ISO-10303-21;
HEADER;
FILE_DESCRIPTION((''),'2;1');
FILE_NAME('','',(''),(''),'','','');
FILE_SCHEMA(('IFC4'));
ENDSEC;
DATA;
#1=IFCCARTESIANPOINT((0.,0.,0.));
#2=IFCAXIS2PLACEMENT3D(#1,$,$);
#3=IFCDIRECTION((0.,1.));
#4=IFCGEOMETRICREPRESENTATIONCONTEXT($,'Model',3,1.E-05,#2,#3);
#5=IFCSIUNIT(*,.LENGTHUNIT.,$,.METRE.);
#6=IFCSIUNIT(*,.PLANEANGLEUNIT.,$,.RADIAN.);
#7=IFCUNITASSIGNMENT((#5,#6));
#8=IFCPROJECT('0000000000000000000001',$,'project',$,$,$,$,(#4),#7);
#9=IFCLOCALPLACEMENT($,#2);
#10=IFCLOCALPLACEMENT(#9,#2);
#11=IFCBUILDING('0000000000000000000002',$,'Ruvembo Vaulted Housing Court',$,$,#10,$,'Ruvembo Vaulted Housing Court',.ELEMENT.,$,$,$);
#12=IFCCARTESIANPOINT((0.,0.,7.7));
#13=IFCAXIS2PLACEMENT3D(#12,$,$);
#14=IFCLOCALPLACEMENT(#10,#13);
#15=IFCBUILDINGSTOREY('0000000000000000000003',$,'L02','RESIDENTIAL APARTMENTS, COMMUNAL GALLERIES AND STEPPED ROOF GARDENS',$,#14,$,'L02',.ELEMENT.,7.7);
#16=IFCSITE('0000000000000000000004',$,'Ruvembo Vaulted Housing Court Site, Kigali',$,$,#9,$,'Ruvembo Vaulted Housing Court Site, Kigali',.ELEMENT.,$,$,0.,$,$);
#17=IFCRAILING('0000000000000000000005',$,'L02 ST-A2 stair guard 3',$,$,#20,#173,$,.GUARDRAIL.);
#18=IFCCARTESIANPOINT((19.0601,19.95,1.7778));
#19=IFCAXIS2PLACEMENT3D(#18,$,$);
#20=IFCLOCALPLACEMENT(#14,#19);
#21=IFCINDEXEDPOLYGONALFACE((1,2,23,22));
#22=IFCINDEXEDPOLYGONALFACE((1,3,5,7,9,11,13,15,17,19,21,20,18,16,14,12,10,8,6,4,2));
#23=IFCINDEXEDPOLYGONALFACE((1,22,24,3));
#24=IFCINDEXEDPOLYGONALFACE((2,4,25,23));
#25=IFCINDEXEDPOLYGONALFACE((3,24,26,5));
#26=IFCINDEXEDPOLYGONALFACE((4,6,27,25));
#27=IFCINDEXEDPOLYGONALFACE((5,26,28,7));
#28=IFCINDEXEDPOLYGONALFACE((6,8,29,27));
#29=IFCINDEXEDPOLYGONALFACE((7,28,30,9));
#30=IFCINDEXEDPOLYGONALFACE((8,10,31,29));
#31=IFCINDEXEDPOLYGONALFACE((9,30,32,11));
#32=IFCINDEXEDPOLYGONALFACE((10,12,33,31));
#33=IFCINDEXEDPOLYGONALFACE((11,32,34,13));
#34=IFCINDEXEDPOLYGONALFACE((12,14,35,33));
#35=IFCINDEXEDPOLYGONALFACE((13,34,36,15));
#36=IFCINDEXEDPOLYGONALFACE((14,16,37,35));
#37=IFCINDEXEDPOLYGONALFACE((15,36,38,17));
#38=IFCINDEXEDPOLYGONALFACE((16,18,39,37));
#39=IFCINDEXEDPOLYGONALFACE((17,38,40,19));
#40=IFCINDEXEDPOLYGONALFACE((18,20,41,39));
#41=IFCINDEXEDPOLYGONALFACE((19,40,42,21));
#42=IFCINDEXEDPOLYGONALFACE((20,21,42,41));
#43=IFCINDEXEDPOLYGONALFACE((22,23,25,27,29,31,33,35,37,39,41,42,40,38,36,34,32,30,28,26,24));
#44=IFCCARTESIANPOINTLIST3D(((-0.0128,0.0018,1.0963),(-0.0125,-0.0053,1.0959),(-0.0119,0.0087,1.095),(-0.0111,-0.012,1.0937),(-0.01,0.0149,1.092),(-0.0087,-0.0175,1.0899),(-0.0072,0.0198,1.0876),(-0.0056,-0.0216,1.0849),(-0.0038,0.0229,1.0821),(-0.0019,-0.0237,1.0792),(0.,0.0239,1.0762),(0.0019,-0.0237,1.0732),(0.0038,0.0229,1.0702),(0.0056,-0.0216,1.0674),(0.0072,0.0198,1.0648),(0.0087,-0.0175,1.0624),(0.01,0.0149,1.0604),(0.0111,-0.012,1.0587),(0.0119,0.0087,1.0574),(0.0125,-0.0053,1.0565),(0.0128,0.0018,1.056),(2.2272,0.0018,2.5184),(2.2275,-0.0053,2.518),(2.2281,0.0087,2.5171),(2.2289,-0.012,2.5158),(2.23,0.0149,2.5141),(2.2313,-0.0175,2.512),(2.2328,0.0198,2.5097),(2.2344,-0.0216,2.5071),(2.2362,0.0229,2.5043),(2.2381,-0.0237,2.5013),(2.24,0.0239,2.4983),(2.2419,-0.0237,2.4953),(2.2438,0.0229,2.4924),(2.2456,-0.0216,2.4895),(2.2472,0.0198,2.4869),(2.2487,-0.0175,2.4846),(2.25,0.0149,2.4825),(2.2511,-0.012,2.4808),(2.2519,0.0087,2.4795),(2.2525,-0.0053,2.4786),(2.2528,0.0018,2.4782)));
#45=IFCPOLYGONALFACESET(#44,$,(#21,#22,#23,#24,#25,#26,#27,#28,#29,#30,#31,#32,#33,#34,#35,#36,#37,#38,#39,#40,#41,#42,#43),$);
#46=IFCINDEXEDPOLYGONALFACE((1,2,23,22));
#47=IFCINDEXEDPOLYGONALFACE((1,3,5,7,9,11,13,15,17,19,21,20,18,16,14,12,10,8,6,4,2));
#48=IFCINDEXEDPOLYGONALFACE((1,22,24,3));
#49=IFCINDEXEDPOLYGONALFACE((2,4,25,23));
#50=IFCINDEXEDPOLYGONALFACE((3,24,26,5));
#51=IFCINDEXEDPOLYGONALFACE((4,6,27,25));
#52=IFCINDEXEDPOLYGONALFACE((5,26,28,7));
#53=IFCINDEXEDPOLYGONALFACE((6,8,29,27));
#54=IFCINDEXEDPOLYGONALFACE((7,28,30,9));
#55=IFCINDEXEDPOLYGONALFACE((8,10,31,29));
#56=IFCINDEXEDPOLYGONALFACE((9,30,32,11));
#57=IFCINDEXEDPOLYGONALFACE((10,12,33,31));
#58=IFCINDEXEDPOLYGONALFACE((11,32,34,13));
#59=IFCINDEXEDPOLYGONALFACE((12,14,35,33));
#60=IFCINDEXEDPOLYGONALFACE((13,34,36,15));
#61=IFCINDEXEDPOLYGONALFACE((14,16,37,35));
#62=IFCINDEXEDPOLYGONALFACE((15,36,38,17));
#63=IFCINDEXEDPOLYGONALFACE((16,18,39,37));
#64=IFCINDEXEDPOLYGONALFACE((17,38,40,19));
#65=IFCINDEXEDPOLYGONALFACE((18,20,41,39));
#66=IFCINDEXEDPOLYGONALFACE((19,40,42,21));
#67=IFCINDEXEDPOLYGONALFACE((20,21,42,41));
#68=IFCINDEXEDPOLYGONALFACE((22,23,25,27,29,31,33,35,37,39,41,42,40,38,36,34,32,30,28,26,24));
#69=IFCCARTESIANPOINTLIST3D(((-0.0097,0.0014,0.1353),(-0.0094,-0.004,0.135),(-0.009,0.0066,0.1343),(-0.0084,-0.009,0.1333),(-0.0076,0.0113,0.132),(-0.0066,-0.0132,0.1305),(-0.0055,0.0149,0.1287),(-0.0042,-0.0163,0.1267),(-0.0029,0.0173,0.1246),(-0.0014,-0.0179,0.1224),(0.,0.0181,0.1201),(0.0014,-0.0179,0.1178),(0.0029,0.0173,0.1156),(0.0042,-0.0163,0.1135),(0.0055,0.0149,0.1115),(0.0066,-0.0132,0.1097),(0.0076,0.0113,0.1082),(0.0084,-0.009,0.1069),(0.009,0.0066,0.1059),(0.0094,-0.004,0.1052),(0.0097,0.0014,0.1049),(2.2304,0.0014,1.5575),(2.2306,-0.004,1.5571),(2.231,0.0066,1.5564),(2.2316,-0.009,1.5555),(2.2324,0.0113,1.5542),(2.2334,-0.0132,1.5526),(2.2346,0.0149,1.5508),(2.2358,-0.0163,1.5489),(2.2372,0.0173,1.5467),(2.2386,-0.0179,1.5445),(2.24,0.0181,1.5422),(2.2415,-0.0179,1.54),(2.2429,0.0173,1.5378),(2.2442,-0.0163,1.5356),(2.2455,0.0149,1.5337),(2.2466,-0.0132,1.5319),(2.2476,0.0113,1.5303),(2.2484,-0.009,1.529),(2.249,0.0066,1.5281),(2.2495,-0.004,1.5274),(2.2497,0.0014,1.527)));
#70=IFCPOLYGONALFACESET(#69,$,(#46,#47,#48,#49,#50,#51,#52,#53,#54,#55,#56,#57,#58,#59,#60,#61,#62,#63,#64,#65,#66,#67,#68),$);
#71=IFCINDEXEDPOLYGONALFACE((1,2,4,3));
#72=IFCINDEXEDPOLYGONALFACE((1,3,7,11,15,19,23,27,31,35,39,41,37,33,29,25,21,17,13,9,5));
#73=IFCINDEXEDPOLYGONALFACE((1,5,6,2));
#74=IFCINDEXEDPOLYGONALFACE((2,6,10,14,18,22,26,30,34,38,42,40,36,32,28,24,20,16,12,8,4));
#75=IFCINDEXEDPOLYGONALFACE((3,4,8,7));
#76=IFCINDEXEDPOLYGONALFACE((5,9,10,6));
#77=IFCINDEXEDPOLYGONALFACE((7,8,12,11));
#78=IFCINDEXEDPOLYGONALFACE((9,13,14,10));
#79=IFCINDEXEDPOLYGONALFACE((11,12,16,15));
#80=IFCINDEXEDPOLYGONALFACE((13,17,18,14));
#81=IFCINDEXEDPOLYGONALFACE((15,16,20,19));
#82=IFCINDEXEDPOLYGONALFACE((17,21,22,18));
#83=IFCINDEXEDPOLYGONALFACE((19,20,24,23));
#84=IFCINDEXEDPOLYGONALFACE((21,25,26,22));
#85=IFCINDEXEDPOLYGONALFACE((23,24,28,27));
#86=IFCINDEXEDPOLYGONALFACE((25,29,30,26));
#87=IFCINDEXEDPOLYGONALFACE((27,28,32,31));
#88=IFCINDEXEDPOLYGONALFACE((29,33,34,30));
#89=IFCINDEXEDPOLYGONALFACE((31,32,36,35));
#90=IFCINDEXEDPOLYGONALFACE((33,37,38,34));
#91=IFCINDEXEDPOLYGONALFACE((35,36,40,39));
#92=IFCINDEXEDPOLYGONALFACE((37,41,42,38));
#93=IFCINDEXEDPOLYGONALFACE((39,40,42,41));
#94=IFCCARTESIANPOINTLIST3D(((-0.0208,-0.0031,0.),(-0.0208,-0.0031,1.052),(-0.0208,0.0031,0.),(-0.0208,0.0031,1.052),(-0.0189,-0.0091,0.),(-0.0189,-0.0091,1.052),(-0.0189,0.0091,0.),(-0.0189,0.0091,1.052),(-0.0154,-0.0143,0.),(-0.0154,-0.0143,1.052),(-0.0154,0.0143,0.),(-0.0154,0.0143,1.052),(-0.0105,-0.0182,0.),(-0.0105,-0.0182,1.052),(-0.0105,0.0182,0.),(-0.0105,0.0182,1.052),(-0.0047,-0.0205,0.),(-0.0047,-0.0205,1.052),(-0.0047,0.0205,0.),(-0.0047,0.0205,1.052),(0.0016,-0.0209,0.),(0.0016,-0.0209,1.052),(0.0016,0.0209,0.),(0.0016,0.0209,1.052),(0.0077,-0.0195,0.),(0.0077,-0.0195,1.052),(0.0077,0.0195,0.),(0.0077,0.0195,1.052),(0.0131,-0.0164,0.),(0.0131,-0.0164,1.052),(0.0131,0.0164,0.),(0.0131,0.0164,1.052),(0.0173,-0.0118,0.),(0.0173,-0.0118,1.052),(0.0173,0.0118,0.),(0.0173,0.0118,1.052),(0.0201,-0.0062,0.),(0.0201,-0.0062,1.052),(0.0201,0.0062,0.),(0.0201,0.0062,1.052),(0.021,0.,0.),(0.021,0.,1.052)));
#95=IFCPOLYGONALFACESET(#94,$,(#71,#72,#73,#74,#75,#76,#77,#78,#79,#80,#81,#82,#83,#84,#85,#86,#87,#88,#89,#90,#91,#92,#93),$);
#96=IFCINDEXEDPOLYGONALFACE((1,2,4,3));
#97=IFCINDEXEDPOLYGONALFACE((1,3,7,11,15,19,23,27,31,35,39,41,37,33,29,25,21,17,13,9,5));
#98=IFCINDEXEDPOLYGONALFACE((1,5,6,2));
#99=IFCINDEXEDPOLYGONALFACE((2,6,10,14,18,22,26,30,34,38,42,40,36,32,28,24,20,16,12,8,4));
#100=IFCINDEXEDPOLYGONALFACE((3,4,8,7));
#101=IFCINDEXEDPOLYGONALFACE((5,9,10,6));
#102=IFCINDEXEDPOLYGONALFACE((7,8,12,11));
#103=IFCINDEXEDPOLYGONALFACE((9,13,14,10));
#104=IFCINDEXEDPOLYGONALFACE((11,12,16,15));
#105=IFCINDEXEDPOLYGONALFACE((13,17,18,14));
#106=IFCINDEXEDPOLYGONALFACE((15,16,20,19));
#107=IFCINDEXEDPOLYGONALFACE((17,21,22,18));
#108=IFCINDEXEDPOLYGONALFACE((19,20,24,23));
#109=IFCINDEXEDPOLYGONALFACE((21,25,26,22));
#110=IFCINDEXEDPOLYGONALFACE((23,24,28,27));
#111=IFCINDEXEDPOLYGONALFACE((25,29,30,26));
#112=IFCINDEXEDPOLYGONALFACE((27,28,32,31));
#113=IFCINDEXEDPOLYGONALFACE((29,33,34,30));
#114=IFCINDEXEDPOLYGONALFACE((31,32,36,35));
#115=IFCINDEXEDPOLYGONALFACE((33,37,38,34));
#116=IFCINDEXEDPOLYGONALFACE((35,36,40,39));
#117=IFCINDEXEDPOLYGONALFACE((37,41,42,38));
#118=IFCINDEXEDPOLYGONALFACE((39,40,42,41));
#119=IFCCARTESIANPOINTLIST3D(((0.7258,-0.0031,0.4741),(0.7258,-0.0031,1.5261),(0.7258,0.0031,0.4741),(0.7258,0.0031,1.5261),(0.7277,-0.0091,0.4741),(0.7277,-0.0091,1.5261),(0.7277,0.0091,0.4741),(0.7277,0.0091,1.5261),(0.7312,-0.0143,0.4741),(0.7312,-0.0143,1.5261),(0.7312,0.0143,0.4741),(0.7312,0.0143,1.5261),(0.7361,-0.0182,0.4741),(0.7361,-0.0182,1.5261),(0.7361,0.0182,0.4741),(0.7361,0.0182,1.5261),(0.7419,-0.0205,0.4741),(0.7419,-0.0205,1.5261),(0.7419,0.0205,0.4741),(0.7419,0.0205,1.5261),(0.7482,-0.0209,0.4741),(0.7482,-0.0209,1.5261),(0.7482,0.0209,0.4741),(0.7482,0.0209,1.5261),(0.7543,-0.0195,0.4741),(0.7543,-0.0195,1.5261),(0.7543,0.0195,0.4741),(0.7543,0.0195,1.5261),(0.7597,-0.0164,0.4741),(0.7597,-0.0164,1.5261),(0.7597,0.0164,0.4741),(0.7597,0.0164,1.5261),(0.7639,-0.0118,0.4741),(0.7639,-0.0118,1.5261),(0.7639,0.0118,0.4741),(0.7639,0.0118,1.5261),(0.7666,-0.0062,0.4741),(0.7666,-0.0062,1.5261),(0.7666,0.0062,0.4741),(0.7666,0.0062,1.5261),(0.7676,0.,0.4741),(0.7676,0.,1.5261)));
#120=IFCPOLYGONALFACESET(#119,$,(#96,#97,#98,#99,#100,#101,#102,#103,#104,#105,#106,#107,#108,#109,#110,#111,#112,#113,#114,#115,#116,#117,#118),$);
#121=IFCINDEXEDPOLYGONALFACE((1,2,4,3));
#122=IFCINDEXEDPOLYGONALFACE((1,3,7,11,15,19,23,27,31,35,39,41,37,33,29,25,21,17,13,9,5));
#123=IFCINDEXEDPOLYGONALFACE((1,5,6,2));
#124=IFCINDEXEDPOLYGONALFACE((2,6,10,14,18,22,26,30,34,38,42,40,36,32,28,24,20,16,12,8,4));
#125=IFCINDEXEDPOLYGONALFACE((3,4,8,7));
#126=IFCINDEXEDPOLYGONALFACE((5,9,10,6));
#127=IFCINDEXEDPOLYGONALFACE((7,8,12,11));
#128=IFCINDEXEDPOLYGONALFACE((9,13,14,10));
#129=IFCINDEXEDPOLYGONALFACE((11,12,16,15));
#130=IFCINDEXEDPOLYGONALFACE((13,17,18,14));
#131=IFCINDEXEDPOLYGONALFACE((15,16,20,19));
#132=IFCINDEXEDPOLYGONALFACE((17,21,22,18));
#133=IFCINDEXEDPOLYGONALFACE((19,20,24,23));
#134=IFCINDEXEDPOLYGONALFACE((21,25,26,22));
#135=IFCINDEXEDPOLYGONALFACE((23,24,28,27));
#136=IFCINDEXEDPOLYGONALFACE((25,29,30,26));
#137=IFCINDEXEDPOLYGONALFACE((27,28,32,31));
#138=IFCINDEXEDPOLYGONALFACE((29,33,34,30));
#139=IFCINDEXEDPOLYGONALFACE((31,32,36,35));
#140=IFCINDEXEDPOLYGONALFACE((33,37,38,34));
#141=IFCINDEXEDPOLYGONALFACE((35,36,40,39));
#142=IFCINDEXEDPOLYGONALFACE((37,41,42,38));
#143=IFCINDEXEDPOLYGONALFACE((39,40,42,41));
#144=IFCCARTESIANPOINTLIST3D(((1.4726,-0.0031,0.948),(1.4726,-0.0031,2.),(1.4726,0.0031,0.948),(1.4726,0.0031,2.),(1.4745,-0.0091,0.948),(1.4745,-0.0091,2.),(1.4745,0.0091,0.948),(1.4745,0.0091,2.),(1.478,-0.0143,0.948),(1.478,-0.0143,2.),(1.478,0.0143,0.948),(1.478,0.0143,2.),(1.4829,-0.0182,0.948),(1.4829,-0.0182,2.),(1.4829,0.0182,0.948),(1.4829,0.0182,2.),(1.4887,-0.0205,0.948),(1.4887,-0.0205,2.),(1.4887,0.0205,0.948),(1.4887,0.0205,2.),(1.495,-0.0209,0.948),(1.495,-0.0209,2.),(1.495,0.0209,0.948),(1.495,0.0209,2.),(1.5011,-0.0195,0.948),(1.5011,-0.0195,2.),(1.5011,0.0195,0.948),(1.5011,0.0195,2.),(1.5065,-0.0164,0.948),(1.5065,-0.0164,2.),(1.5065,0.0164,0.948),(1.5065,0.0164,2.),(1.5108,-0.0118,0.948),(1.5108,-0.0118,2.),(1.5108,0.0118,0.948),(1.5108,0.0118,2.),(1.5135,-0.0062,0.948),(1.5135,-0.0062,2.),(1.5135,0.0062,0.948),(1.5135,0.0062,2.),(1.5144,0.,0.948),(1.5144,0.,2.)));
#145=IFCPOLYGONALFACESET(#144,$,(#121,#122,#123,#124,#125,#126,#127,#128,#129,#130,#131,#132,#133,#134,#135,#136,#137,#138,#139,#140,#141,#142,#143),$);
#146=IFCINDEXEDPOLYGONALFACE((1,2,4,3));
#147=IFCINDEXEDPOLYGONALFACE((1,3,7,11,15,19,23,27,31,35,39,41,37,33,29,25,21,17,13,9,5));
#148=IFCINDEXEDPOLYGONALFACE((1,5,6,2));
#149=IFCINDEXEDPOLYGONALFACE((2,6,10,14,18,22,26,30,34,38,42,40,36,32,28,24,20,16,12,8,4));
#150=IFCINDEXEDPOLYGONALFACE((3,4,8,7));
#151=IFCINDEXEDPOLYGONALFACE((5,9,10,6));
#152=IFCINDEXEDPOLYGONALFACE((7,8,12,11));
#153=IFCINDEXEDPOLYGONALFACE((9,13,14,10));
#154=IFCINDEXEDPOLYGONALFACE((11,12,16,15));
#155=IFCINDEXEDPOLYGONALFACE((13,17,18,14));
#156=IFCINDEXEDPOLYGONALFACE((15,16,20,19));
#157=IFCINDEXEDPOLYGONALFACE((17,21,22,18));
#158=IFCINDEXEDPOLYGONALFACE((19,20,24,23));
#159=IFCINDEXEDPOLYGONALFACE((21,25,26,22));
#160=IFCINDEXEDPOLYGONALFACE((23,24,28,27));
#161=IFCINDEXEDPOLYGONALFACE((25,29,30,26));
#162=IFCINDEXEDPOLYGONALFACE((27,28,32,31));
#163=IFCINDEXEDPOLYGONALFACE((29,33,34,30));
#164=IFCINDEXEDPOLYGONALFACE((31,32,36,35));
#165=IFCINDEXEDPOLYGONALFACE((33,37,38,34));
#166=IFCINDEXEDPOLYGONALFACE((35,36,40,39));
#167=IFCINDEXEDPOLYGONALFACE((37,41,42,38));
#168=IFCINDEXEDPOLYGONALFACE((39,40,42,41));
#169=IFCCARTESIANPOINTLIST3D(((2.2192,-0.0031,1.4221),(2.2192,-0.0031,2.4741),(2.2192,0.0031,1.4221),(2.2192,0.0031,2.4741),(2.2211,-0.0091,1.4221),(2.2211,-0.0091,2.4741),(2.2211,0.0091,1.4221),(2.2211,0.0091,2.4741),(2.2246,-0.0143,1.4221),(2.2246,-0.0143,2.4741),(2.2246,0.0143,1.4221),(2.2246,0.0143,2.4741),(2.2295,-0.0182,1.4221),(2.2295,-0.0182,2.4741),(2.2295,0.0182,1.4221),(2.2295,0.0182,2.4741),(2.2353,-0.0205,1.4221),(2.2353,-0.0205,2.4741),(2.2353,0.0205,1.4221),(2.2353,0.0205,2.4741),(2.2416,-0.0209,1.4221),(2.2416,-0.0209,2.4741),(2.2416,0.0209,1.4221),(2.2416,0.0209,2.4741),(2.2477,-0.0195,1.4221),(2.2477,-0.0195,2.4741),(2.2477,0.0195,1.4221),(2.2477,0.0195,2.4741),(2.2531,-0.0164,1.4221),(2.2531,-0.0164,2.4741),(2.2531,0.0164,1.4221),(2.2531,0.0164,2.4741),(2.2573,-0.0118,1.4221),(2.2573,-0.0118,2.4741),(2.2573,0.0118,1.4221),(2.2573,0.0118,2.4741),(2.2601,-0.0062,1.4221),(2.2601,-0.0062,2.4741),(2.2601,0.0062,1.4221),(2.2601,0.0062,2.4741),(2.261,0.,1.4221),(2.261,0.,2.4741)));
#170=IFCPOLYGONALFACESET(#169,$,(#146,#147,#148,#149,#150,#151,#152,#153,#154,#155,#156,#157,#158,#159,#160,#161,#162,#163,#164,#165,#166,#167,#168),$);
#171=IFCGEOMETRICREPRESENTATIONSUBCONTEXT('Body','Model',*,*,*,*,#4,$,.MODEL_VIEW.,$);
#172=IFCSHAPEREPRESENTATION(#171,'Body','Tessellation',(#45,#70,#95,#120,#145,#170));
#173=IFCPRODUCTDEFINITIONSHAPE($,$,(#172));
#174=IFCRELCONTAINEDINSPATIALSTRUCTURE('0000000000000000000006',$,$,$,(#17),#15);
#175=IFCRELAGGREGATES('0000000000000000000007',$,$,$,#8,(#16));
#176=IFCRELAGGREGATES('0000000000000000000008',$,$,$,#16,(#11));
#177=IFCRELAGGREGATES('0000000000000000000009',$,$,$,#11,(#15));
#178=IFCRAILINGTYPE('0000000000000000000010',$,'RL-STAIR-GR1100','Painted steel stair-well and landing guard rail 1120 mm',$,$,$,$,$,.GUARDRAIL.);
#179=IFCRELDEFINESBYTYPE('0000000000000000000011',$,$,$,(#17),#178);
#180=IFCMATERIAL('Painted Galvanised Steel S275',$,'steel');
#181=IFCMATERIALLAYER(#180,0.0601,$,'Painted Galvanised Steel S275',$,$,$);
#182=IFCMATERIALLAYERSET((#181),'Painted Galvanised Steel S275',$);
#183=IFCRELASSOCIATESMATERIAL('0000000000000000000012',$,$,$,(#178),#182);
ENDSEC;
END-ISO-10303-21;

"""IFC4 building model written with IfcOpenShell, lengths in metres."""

from ifc_helpers import new_model, si_unit, direction, frame, origin, origin_2d, place, context, subcontext, project, spatial, circle, extrude, material, layer, layer_set, type_object, element, save


model = new_model("IFC4")

# Units and contexts
model_context = context("Model", 3, precision=1e-05, world=origin(), true_north=direction((0.0, 1.0)))
body_context = subcontext(model_context, "Body", "Model", "MODEL_VIEW")
ifc_project = project(units=[si_unit("LENGTHUNIT", "METRE"), si_unit("PLANEANGLEUNIT", "RADIAN")], contexts=[model_context])

# Site, building, storey
site_placement = place(None, origin())
site = spatial("IfcSite", under=ifc_project, at=site_placement, Name="Ruvembo Vaulted Housing Court Site, Kigali", LongName="Ruvembo Vaulted Housing Court Site, Kigali", CompositionType="ELEMENT", RefElevation=0.0)
building_placement = place(site_placement, origin())
building = spatial("IfcBuilding", under=site, at=building_placement, Name="Ruvembo Vaulted Housing Court", LongName="Ruvembo Vaulted Housing Court", CompositionType="ELEMENT")
storey_placement = place(building_placement, frame((0.0, 0.0, 7.7)))
storey = spatial("IfcBuildingStorey", under=building, at=storey_placement, Name="L02", Description="RESIDENTIAL APARTMENTS, COMMUNAL GALLERIES AND STEPPED ROOF GARDENS", LongName="L02", CompositionType="ELEMENT", Elevation=7.7)

# Railing
ifc_material_1 = material(Name="Painted Galvanised Steel S275", Category="steel")
ifc_layer_1 = layer(ifc_material_1, 0.0601, Name="Painted Galvanised Steel S275")
ifc_layer_set_1 = layer_set([ifc_layer_1], Name="Painted Galvanised Steel S275")
railing_type_1 = type_object("IfcRailingType", Name="RL-STAIR-GR1100", Description="Painted steel stair-well and landing guard rail 1120 mm", PredefinedType="GUARDRAIL", material=ifc_layer_set_1)
railing_1_placement = place(storey_placement, frame((19.0601, 19.95, 1.7778)))
element("IfcRailing", 1, at=railing_1_placement, inside=storey, type_object=railing_type_1, Name="L02 ST-A2 stair guard 3", PredefinedType="GUARDRAIL", context=body_context, shape_type="SweptSolid", body=[
    extrude(circle(Radius=0.0239, at=origin_2d()), frame((0.0, 0.0, 1.0762), z_axis=(0.844229, 0.0, 0.535982), x_axis=(0.0, 1.0, 0.0)), (0.0, 0.0, 1.0), 2.6533),
    extrude(circle(Radius=0.0181, at=origin_2d()), frame((0.0, 0.0, 0.1201), z_axis=(0.844229, 0.0, 0.535982), x_axis=(0.0, 1.0, 0.0)), (0.0, 0.0, 1.0), 2.6533),
    extrude(circle(Radius=0.021, at=origin_2d()), origin(), (0.0, 0.0, 1.0), 1.052),
    extrude(circle(Radius=0.021, at=origin_2d()), frame((0.7466, 0.0, 0.4741)), (0.0, 0.0, 1.0), 1.052),
    extrude(circle(Radius=0.021, at=origin_2d()), frame((1.4934, 0.0, 0.948)), (0.0, 0.0, 1.0), 1.052),
    extrude(circle(Radius=0.021, at=origin_2d()), frame((2.24, 0.0, 1.4221)), (0.0, 0.0, 1.0), 1.052),
])

save(model, "model.ifc")
